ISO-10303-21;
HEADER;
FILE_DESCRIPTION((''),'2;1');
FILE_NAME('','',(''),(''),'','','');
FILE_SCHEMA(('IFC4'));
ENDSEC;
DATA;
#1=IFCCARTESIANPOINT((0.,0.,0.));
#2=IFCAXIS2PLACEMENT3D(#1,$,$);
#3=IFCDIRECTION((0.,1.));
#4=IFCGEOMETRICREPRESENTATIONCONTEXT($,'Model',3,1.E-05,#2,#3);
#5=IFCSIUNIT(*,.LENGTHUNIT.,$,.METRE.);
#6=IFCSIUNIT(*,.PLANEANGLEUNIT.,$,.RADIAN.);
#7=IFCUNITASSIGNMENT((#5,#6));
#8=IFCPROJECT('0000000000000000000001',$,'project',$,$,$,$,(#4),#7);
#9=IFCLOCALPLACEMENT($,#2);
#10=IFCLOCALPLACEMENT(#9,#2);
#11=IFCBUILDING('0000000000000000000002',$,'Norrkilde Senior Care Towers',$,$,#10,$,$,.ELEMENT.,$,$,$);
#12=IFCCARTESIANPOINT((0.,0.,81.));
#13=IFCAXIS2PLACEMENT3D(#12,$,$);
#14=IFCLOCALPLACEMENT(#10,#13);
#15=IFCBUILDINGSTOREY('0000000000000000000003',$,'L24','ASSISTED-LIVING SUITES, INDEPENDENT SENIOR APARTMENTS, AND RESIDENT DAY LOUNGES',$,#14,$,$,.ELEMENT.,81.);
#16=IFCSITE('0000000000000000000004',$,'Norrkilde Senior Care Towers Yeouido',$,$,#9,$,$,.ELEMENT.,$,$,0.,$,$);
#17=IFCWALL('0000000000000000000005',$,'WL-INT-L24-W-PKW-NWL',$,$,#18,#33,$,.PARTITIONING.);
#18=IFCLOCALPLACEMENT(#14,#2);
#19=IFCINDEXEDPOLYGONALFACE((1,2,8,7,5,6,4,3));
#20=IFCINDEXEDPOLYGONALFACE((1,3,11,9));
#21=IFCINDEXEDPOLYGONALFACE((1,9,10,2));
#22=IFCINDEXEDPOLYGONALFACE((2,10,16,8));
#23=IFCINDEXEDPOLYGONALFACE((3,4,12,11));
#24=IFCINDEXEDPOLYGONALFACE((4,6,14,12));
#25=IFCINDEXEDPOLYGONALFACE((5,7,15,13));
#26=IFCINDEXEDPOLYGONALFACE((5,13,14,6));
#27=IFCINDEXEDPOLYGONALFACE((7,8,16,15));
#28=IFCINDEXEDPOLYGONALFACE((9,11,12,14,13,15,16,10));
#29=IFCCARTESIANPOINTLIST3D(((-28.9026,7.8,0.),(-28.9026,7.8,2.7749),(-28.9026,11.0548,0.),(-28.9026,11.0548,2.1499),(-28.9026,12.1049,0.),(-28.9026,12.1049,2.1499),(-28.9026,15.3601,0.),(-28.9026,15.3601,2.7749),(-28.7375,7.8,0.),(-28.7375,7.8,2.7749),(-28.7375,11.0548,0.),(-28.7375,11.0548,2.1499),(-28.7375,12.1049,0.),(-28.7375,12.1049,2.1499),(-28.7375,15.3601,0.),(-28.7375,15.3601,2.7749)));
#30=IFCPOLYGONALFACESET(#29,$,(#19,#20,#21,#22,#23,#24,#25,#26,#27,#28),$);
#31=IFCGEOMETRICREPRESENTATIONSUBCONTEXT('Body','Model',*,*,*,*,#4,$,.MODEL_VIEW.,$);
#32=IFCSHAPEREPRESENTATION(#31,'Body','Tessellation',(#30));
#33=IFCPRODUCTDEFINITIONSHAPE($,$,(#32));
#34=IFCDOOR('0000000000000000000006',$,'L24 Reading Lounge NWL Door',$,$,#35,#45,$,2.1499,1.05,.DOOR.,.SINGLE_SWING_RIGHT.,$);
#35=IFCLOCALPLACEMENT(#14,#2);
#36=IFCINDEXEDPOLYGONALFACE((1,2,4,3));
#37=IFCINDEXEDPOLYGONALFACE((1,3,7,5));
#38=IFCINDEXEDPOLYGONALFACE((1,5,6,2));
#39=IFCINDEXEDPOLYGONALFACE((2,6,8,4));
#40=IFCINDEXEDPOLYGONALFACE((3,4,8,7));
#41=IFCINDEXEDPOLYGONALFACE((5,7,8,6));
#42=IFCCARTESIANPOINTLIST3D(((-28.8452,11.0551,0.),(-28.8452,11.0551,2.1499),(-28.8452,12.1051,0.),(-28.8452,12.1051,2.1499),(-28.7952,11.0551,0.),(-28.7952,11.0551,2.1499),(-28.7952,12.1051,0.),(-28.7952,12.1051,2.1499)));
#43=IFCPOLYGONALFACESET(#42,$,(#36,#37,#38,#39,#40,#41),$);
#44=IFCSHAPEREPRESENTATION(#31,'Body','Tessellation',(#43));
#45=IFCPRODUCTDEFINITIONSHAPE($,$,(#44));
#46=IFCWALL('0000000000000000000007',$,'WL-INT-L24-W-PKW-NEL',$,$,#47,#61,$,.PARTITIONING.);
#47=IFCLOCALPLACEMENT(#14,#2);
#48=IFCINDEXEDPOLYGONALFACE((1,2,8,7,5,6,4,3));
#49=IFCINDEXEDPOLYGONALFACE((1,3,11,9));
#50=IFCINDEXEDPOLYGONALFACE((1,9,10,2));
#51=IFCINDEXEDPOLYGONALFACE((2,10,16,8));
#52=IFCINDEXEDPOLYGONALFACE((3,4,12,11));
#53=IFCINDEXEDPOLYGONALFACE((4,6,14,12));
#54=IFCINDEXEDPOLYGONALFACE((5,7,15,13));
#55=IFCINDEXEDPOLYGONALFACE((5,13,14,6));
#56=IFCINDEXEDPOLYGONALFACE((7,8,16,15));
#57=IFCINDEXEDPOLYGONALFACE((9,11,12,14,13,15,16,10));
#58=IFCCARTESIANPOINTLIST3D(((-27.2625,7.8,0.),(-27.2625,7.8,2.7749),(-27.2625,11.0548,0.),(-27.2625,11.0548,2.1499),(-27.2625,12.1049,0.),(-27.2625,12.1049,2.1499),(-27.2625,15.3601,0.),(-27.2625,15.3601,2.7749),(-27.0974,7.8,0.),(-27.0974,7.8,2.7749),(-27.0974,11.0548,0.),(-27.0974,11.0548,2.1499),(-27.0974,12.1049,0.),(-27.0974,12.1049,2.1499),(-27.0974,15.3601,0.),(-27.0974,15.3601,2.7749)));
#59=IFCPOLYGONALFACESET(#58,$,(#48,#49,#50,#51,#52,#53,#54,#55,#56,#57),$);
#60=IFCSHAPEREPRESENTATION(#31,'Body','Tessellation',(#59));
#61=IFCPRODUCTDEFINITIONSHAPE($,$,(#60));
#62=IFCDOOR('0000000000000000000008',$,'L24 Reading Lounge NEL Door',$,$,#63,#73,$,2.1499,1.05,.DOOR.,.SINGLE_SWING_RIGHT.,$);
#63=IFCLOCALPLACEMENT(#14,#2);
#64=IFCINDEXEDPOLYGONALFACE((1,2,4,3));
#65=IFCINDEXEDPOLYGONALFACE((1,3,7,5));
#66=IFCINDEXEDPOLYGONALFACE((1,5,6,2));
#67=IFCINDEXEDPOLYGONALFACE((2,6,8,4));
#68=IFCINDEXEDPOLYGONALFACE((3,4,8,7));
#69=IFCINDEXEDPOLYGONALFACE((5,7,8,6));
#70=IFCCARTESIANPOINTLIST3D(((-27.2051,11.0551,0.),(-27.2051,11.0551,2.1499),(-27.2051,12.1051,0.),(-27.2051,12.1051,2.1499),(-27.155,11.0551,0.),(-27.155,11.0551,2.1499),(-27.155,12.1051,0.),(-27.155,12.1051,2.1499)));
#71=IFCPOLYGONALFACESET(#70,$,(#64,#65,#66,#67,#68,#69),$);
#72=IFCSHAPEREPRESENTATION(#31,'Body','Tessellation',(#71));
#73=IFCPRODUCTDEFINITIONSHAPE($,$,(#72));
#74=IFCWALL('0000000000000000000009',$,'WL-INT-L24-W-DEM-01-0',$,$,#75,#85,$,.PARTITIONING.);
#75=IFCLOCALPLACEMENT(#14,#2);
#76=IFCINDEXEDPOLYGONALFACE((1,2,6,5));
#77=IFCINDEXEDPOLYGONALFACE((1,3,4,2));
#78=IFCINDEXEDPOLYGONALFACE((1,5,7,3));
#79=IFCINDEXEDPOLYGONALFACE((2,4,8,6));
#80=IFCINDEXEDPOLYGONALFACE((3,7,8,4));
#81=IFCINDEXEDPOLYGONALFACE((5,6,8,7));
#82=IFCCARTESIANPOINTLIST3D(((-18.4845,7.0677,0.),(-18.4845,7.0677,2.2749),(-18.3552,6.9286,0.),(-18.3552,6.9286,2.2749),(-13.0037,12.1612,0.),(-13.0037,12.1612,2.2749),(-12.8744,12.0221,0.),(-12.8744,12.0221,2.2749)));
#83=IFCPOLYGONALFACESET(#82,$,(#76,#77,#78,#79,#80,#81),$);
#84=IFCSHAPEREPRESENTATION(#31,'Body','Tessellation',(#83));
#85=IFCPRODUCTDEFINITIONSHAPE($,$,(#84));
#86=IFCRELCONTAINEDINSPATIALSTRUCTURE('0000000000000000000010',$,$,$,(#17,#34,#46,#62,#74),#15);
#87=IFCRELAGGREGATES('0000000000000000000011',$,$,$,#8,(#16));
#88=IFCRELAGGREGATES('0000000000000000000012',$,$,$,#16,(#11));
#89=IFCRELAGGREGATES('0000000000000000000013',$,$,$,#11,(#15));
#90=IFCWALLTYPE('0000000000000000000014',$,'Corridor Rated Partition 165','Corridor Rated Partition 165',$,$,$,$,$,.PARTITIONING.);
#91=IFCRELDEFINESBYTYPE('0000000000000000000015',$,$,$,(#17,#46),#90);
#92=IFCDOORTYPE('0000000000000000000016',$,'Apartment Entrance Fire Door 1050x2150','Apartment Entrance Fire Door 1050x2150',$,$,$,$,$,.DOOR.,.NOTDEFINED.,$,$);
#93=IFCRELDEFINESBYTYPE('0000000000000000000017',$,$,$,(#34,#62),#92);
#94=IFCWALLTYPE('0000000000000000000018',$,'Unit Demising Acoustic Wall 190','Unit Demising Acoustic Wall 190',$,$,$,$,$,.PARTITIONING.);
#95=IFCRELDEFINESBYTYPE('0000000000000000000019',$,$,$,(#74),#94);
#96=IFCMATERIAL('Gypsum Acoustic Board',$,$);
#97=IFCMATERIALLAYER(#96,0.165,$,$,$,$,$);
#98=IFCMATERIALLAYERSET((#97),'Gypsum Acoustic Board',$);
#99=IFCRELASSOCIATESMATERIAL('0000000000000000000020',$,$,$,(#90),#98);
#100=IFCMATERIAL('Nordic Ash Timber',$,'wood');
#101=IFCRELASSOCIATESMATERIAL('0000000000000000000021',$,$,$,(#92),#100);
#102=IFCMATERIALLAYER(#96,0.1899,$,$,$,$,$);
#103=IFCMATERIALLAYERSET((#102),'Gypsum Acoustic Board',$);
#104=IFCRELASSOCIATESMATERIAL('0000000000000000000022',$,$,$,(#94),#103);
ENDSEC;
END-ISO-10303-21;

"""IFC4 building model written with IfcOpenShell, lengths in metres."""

from ifc_helpers import new_model, si_unit, direction, frame, frame_2d, origin, place, context, subcontext, project, spatial, rectangle, extrude, source, transform, mapped, material, layer, layer_set, type_object, type_shapes, element, fill, save


model = new_model("IFC4")

# Units and contexts
model_context = context("Model", 3, precision=1e-05, world=origin(), true_north=direction((0.0, 1.0)))
body_context = subcontext(model_context, "Body", "Model", "MODEL_VIEW")
ifc_project = project(units=[si_unit("LENGTHUNIT", "METRE"), si_unit("PLANEANGLEUNIT", "RADIAN")], contexts=[model_context])

# Site, building, storey
site_placement = place(None, origin())
site = spatial("IfcSite", under=ifc_project, at=site_placement, Name="Norrkilde Senior Care Towers Yeouido", CompositionType="ELEMENT", RefElevation=0.0)
building_placement = place(site_placement, origin())
building = spatial("IfcBuilding", under=site, at=building_placement, Name="Norrkilde Senior Care Towers", CompositionType="ELEMENT")
storey_placement = place(building_placement, frame((0.0, 0.0, 81.0)))
storey = spatial("IfcBuildingStorey", under=building, at=storey_placement, Name="L24", Description="ASSISTED-LIVING SUITES, INDEPENDENT SENIOR APARTMENTS, AND RESIDENT DAY LOUNGES", CompositionType="ELEMENT", Elevation=81.0)

# Walls, openings, doors
ifc_material_1 = material(Name="Gypsum Acoustic Board")
ifc_layer_1 = layer(ifc_material_1, 0.165)
ifc_layer_set_1 = layer_set([ifc_layer_1], Name="Gypsum Acoustic Board")
wall_type_1 = type_object("IfcWallType", Name="Corridor Rated Partition 165", Description="Corridor Rated Partition 165", PredefinedType="PARTITIONING", material=ifc_layer_set_1)
shared_shape_1 = source(origin(), body_context, "Body", "SweptSolid", [
    extrude(rectangle(XDim=7.5601, YDim=0.165, at=frame_2d((3.78, 0.0))), origin(), (0.0, 0.0, 1.0), 2.7749),
])
type_shapes(wall_type_1, [shared_shape_1])
wall_1_placement = place(storey_placement, frame((-28.8201, 7.8, 0.0), z_axis=(0.0, 0.0, 1.0), x_axis=(0.0, 1.0, 0.0)))
wall_1 = element("IfcWall", 1, at=wall_1_placement, inside=storey, type_object=wall_type_1, Name="WL-INT-L24-W-PKW-NWL", PredefinedType="PARTITIONING", context=body_context, shape_type="MappedRepresentation", body=[
    mapped(shared_shape_1, transform((0.0, 0.0, 0.0), x_axis=(1.0, 0.0, 0.0), y_axis=(0.0, 1.0, 0.0), z_axis=(0.0, 0.0, 1.0), scale=1.0)),
])
opening_1_placement = place(wall_1_placement, frame((3.2549, 0.0, 0.0)))
opening_1 = element("IfcOpeningElement", 2, at=opening_1_placement, cuts=wall_1, PredefinedType="OPENING", context=body_context, shape_type="SweptSolid", body=[
    extrude(rectangle(XDim=1.05, YDim=2.1499, at=frame_2d((0.5249, 1.075))), frame((0.0, 0.0925, 0.0), z_axis=(0.0, -1.0, 0.0), x_axis=(1.0, 0.0, 0.0)), (0.0, 0.0, 1.0), 0.1851),
])
ifc_material_2 = material(Name="Nordic Ash Timber", Category="wood")
door_type_1 = type_object("IfcDoorType", Name="Apartment Entrance Fire Door 1050x2150", Description="Apartment Entrance Fire Door 1050x2150", OperationType="NOTDEFINED", PredefinedType="DOOR", material=ifc_material_2)
shared_shape_2 = source(origin(), body_context, "Body", "SweptSolid", [
    extrude(rectangle(XDim=1.05, YDim=2.1499, at=frame_2d((0.5249, 1.075))), frame((0.0, 0.0249, 0.0), z_axis=(0.0, -1.0, 0.0), x_axis=(1.0, 0.0, 0.0)), (0.0, 0.0, 1.0), 0.05),
])
type_shapes(door_type_1, [shared_shape_2])
door_1_placement = place(opening_1_placement, frame((1.05, 0.0, 0.0), z_axis=(0.0, 0.0, 1.0), x_axis=(-1.0, 0.0, 0.0)))
door_1 = element("IfcDoor", 3, at=door_1_placement, inside=storey, type_object=door_type_1, Name="L24 Reading Lounge NWL Door", OperationType="SINGLE_SWING_RIGHT", OverallHeight=2.1499, OverallWidth=1.05, PredefinedType="DOOR", context=body_context, shape_type="MappedRepresentation", body=[
    mapped(shared_shape_2, transform((0.0, 0.0, 0.0), x_axis=(1.0, 0.0, 0.0), y_axis=(0.0, 1.0, 0.0), z_axis=(0.0, 0.0, 1.0), scale=1.0)),
])
fill(opening_1, door_1)
wall_2_placement = place(storey_placement, frame((-27.1799, 7.8, 0.0), z_axis=(0.0, 0.0, 1.0), x_axis=(0.0, 1.0, 0.0)))
wall_2 = element("IfcWall", 4, at=wall_2_placement, inside=storey, type_object=wall_type_1, Name="WL-INT-L24-W-PKW-NEL", PredefinedType="PARTITIONING", context=body_context, shape_type="MappedRepresentation", body=[
    mapped(shared_shape_1, transform((0.0, 0.0, 0.0), x_axis=(1.0, 0.0, 0.0), y_axis=(0.0, 1.0, 0.0), z_axis=(0.0, 0.0, 1.0), scale=1.0)),
])
opening_2_placement = place(wall_2_placement, frame((3.2549, 0.0, 0.0)))
opening_2 = element("IfcOpeningElement", 5, at=opening_2_placement, cuts=wall_2, PredefinedType="OPENING", context=body_context, shape_type="SweptSolid", body=[
    extrude(rectangle(XDim=1.05, YDim=2.1499, at=frame_2d((0.5249, 1.075))), frame((0.0, 0.0925, 0.0), z_axis=(0.0, -1.0, 0.0), x_axis=(1.0, 0.0, 0.0)), (0.0, 0.0, 1.0), 0.1851),
])
door_2_placement = place(opening_2_placement, frame((1.05, 0.0, 0.0), z_axis=(0.0, 0.0, 1.0), x_axis=(-1.0, 0.0, 0.0)))
door_2 = element("IfcDoor", 6, at=door_2_placement, inside=storey, type_object=door_type_1, Name="L24 Reading Lounge NEL Door", OperationType="SINGLE_SWING_RIGHT", OverallHeight=2.1499, OverallWidth=1.05, PredefinedType="DOOR", context=body_context, shape_type="MappedRepresentation", body=[
    mapped(shared_shape_2, transform((0.0, 0.0, 0.0), x_axis=(1.0, 0.0, 0.0), y_axis=(0.0, 1.0, 0.0), z_axis=(0.0, 0.0, 1.0), scale=1.0)),
])
fill(opening_2, door_2)

# Wall
ifc_layer_2 = layer(ifc_material_1, 0.1899)
ifc_layer_set_2 = layer_set([ifc_layer_2], Name="Gypsum Acoustic Board")
wall_type_2 = type_object("IfcWallType", Name="Unit Demising Acoustic Wall 190", Description="Unit Demising Acoustic Wall 190", PredefinedType="PARTITIONING", material=ifc_layer_set_2)
shared_shape_3 = source(origin(), body_context, "Body", "SweptSolid", [
    extrude(rectangle(XDim=7.4822, YDim=0.1899, at=frame_2d((3.7412, 0.0))), origin(), (0.0, 0.0, 1.0), 2.2749),
])
type_shapes(wall_type_2, [shared_shape_3])
wall_3_placement = place(storey_placement, frame((-18.4199, 6.998, 0.0), z_axis=(0.0, 0.0, 1.0), x_axis=(0.732509, 0.680758, 0.0)))
element("IfcWall", 7, at=wall_3_placement, inside=storey, type_object=wall_type_2, Name="WL-INT-L24-W-DEM-01-0", PredefinedType="PARTITIONING", context=body_context, shape_type="MappedRepresentation", body=[
    mapped(shared_shape_3, transform((0.0, 0.0, 0.0), x_axis=(1.0, 0.0, 0.0), y_axis=(0.0, 1.0, 0.0), z_axis=(0.0, 0.0, 1.0), scale=1.0)),
])

save(model, "model.ifc")
